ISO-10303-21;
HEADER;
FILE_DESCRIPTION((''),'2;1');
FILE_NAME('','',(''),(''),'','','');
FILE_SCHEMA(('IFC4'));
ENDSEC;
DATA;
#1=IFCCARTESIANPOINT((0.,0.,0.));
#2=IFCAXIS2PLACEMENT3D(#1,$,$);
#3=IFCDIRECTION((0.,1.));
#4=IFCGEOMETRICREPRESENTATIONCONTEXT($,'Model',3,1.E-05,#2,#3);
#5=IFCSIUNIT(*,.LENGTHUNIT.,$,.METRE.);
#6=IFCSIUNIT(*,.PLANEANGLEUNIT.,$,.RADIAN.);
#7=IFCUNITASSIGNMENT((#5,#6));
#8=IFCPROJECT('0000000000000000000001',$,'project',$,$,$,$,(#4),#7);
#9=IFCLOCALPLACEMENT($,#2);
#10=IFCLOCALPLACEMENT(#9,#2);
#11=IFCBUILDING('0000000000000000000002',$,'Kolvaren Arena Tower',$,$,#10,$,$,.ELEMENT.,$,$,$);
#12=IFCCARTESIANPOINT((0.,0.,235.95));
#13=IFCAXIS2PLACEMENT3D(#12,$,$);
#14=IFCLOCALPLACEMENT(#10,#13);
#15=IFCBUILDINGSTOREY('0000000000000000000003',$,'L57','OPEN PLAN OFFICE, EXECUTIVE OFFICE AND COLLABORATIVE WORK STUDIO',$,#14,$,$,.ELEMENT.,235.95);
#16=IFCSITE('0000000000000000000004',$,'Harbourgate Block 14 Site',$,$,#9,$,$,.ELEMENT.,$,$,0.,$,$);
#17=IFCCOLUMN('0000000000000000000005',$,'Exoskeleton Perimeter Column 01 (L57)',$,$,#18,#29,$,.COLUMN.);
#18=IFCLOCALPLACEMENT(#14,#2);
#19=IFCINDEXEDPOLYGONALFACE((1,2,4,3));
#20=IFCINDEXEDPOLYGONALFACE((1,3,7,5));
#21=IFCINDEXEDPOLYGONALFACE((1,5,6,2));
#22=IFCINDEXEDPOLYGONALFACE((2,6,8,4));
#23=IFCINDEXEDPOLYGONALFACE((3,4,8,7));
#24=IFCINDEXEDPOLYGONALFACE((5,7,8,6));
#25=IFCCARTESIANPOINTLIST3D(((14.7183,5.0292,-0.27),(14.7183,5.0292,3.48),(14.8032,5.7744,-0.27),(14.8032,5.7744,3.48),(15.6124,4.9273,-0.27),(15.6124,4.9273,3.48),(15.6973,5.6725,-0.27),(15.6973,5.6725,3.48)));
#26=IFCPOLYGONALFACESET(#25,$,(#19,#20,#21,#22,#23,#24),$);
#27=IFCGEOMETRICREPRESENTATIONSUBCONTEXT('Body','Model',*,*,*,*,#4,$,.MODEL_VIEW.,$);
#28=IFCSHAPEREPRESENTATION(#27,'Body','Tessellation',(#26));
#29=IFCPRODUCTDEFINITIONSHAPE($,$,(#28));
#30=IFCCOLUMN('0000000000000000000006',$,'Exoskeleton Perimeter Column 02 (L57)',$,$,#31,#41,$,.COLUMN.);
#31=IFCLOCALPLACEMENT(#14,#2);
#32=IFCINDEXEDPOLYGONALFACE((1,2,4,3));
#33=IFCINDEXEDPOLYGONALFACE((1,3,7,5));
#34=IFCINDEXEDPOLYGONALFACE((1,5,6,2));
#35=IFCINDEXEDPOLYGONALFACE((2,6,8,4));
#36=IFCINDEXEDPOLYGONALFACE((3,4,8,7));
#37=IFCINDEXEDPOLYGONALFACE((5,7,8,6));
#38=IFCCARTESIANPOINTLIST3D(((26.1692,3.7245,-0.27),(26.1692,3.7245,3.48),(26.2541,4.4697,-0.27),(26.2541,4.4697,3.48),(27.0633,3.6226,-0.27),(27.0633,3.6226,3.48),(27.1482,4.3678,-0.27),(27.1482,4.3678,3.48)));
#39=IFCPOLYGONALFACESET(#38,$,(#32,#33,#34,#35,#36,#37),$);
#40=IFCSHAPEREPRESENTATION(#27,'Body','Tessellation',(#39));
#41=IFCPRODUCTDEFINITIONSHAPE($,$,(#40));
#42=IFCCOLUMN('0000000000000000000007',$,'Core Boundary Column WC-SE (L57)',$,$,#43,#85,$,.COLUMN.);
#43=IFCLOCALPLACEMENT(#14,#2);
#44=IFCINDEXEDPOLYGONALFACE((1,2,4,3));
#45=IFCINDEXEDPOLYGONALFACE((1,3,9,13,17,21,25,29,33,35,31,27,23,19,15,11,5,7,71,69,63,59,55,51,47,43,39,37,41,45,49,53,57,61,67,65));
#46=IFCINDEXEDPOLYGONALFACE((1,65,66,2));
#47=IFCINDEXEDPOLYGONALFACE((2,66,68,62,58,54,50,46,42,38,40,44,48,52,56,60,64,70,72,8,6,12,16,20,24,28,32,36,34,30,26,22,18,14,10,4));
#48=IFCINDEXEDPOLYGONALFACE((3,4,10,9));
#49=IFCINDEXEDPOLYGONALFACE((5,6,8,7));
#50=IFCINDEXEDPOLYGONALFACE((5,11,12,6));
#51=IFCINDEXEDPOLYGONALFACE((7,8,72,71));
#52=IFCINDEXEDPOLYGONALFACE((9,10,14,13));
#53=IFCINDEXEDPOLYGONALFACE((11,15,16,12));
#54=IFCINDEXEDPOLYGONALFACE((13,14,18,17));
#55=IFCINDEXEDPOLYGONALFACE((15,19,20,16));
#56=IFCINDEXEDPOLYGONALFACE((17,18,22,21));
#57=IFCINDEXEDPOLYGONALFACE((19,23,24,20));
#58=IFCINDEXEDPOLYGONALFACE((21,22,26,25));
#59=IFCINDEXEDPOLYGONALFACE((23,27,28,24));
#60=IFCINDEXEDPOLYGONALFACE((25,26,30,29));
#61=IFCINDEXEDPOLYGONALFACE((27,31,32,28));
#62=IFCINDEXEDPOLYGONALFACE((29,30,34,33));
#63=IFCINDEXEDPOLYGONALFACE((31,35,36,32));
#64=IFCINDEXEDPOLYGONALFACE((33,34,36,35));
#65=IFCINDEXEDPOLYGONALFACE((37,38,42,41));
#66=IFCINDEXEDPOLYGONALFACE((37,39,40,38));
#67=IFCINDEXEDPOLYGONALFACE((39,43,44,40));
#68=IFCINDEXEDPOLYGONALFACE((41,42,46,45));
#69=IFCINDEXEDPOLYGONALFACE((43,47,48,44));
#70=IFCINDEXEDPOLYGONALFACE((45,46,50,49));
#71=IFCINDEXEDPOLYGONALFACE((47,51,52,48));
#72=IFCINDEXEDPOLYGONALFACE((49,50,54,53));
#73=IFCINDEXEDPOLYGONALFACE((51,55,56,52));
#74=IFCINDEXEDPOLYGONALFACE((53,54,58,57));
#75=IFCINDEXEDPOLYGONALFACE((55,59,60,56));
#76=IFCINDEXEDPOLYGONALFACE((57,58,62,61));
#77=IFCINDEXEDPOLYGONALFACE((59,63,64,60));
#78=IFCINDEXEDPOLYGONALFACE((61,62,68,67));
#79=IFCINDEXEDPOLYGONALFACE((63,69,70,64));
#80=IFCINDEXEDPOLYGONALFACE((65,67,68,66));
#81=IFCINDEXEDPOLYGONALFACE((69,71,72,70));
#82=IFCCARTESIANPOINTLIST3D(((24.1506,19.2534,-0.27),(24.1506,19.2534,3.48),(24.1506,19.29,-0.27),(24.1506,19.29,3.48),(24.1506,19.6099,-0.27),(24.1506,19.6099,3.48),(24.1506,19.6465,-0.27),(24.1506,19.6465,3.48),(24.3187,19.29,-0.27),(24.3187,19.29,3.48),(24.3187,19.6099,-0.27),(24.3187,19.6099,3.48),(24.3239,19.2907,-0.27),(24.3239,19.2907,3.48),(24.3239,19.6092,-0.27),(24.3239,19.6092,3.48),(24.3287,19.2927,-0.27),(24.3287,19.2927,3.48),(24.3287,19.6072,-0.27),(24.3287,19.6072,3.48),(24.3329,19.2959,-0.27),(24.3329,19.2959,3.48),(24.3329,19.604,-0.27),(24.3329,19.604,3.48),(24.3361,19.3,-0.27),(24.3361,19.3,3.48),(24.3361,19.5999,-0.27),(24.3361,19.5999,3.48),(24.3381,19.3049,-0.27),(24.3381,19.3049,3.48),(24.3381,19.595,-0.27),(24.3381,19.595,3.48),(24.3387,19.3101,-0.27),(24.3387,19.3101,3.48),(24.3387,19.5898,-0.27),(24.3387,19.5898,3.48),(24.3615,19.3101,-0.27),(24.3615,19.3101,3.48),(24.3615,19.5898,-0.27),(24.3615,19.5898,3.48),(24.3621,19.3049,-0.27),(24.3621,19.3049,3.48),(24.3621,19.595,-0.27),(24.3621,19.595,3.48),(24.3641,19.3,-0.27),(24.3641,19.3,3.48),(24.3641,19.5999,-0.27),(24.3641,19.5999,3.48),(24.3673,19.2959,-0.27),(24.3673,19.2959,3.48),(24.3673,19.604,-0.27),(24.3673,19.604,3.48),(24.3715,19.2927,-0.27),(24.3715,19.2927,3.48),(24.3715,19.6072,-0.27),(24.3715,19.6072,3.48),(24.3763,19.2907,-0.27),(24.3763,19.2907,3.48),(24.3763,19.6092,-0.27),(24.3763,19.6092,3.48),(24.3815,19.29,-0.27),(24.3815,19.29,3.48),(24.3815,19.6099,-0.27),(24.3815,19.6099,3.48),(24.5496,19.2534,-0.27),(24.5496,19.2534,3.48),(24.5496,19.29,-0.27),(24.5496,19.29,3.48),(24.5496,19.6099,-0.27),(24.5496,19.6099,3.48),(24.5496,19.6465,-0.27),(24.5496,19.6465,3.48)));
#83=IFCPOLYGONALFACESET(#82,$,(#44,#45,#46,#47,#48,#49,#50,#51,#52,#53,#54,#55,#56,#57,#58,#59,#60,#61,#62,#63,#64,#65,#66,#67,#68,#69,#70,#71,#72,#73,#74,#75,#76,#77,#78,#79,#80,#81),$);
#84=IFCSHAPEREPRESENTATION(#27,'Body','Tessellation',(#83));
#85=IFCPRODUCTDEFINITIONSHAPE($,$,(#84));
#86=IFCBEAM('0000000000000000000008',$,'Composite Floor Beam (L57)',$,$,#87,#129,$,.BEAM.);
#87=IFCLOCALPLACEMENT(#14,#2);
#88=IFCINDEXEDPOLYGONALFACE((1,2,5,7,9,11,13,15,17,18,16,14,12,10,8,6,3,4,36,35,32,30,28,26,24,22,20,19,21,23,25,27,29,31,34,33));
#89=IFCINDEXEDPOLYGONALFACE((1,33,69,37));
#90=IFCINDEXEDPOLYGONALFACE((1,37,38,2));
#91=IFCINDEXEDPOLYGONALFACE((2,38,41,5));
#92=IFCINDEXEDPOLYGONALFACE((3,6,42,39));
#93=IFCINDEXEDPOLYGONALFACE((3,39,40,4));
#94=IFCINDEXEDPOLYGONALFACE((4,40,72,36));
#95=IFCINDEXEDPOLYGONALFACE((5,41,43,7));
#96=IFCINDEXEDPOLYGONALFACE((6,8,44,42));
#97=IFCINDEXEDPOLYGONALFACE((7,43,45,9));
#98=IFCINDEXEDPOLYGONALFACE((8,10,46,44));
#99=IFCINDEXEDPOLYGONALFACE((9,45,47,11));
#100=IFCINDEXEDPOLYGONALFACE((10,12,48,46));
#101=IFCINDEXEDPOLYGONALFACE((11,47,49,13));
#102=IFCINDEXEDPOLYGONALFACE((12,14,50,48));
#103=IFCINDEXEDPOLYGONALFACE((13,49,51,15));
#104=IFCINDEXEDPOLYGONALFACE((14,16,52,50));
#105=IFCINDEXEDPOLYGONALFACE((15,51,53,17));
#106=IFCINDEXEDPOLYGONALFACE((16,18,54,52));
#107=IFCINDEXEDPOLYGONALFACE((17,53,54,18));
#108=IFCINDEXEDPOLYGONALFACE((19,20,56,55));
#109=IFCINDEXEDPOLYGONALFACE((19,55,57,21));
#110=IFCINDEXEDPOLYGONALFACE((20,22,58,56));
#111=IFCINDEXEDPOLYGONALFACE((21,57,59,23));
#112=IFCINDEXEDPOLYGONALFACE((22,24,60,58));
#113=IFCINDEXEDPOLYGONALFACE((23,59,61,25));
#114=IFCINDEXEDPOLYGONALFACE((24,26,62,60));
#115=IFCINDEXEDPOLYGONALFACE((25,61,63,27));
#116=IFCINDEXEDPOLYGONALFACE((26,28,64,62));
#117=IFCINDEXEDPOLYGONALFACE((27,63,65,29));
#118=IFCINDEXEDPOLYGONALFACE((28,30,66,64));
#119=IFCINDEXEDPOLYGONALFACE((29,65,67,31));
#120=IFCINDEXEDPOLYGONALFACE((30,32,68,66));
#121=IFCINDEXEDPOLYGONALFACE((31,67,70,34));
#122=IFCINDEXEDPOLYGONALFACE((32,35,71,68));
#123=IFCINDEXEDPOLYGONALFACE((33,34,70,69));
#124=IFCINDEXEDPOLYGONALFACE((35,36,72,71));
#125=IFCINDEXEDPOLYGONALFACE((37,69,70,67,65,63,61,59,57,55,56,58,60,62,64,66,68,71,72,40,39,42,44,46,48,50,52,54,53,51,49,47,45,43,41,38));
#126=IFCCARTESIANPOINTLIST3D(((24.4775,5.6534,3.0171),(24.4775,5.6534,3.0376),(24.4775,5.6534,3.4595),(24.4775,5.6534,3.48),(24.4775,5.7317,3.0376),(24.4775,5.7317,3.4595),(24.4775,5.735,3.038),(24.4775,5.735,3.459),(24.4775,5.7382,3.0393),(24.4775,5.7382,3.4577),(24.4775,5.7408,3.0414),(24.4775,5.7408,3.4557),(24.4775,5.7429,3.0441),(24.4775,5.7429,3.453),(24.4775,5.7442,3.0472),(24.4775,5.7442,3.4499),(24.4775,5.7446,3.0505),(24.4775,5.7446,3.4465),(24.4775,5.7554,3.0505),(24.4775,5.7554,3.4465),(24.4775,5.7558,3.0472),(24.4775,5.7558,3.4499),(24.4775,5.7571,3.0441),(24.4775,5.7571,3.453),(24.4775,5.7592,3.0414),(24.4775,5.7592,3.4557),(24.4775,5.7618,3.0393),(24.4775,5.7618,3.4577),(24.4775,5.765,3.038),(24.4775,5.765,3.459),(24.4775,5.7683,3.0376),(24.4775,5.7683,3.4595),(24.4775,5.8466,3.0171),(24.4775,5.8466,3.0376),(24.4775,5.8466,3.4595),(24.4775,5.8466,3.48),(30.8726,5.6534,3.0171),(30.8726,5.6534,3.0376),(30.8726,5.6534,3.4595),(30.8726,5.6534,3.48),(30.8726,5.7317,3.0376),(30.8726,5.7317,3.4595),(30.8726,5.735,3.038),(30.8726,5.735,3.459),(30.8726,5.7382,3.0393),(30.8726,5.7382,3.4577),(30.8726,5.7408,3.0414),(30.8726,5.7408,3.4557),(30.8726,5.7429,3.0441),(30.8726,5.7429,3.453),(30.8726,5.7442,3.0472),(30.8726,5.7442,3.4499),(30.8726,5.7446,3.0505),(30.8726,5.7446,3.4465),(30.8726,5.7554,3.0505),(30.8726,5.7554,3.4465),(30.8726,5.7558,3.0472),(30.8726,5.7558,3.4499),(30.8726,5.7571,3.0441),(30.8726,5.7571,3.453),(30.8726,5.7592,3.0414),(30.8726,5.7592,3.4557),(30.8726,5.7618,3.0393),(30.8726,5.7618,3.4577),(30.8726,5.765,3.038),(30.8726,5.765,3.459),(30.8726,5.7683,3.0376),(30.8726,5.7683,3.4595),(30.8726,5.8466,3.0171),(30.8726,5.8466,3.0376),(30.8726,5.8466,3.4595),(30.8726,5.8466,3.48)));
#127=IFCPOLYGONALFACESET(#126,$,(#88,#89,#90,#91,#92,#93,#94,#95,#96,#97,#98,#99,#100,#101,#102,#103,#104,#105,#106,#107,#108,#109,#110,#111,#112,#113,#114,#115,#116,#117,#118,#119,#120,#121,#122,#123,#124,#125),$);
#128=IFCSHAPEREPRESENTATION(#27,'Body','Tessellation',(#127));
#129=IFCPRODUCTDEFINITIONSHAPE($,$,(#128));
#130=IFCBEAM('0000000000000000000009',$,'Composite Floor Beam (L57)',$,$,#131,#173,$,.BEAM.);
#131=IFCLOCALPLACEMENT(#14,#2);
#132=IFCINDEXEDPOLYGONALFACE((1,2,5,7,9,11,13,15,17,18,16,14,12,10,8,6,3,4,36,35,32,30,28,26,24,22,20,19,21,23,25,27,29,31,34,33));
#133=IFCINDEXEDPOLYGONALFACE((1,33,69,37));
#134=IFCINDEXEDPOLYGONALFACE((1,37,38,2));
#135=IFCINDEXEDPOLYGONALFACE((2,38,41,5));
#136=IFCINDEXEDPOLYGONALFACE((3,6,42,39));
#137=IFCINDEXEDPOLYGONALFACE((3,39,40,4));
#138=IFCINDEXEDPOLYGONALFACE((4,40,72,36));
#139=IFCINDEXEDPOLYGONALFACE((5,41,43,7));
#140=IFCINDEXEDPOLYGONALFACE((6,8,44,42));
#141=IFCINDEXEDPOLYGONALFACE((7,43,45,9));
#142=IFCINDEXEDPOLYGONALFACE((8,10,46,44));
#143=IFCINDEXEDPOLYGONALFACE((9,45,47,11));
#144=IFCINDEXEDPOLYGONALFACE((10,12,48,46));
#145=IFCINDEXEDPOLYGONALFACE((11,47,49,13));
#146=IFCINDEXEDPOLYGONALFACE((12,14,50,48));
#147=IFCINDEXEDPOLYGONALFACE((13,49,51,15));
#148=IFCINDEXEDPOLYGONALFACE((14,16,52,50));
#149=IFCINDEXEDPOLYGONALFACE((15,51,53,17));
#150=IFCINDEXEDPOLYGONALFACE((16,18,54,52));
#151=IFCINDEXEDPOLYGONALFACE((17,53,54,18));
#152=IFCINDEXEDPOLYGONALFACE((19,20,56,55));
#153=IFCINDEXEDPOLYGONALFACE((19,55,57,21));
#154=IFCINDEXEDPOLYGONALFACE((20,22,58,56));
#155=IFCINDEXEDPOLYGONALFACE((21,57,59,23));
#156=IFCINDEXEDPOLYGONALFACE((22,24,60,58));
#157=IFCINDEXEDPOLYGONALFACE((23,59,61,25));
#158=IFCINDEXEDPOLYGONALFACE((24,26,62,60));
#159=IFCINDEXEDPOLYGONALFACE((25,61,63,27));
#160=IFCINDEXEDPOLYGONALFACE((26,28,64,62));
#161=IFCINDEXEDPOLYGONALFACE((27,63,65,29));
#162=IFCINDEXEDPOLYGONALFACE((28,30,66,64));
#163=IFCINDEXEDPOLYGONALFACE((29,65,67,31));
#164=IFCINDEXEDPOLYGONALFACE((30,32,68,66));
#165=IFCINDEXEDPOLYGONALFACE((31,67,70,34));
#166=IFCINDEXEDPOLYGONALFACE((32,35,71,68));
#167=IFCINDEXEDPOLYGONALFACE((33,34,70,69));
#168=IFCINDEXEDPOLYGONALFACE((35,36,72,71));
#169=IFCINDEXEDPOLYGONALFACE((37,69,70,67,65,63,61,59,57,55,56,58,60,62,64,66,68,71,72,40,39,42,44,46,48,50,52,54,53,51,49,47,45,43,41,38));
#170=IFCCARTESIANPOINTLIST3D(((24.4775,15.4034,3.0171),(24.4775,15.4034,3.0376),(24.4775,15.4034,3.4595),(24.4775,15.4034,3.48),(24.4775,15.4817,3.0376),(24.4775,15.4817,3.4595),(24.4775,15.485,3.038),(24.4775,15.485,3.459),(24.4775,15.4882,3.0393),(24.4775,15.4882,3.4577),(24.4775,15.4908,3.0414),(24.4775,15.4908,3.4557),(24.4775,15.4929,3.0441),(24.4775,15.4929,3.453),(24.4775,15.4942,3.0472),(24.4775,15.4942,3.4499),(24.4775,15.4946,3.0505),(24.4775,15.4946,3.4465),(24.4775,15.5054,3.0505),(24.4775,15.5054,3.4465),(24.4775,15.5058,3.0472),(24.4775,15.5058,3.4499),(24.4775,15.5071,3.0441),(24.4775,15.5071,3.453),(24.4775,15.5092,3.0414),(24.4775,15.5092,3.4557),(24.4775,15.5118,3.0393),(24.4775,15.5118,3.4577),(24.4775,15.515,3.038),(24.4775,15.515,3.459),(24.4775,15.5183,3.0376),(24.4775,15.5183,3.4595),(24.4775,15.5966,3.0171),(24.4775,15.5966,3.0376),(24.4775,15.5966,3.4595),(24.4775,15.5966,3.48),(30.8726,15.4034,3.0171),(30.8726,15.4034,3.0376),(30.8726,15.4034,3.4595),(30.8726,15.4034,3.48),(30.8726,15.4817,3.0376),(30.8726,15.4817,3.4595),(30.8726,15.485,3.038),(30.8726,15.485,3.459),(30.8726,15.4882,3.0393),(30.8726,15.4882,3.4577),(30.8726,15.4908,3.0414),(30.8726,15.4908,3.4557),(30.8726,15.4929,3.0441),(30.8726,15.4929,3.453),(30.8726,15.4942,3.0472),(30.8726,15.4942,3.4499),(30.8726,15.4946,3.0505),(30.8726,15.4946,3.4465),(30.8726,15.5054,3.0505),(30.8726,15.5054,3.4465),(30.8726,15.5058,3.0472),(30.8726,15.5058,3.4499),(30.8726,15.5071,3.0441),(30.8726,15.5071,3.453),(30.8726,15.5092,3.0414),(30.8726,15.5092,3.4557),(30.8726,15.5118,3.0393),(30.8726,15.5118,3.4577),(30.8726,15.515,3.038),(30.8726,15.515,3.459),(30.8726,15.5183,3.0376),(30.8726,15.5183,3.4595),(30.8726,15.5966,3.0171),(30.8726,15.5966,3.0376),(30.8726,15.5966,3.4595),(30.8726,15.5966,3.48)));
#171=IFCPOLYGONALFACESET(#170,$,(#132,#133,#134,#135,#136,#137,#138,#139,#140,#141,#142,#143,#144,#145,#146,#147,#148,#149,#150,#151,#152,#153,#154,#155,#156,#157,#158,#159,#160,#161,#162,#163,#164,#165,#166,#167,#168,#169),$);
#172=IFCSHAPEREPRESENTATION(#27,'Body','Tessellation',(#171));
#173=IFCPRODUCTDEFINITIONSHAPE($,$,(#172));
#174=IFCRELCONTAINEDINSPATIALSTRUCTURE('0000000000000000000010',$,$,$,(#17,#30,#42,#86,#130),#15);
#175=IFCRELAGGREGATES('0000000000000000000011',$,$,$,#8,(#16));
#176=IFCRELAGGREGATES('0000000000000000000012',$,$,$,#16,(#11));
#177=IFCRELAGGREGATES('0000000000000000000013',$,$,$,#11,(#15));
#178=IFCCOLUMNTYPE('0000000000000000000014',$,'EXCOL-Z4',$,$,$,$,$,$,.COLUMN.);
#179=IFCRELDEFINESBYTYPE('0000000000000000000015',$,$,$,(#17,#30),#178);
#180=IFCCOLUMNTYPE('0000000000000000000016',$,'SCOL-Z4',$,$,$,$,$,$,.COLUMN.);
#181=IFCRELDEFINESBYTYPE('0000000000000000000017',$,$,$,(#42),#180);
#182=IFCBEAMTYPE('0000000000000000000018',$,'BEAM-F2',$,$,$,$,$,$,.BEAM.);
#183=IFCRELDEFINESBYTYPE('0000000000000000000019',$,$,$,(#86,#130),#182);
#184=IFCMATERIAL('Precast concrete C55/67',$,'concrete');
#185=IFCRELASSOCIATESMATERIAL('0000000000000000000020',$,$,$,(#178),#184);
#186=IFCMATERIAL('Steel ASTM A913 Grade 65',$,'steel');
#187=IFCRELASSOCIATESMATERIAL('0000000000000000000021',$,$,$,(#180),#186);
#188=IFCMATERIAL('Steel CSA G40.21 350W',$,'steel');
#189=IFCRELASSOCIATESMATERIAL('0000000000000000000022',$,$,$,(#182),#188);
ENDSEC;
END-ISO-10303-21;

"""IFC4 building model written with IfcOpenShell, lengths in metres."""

from ifc_helpers import new_model, si_unit, direction, frame, origin, origin_2d, place, context, subcontext, project, spatial, rectangle, i_section, extrude, material, material_profile, profile_set, type_object, element, save


model = new_model("IFC4")

# Units and contexts
model_context = context("Model", 3, precision=1e-05, world=origin(), true_north=direction((0.0, 1.0)))
body_context = subcontext(model_context, "Body", "Model", "MODEL_VIEW")
ifc_project = project(units=[si_unit("LENGTHUNIT", "METRE"), si_unit("PLANEANGLEUNIT", "RADIAN")], contexts=[model_context])

# Site, building, storey
site_placement = place(None, origin())
site = spatial("IfcSite", under=ifc_project, at=site_placement, Name="Harbourgate Block 14 Site", CompositionType="ELEMENT", RefElevation=0.0)
building_placement = place(site_placement, origin())
building = spatial("IfcBuilding", under=site, at=building_placement, Name="Kolvaren Arena Tower", CompositionType="ELEMENT")
storey_placement = place(building_placement, frame((0.0, 0.0, 235.95)))
storey = spatial("IfcBuildingStorey", under=building, at=storey_placement, Name="L57", Description="OPEN PLAN OFFICE, EXECUTIVE OFFICE AND COLLABORATIVE WORK STUDIO", CompositionType="ELEMENT", Elevation=235.95)

# Columns
ifc_material_1 = material(Name="Precast concrete C55/67", Category="concrete")
ifc_material_profile_1 = material_profile(ifc_material_1, rectangle(XDim=0.8999, YDim=0.75, at=origin_2d()), Name="RC-900x750")
ifc_profile_set_1 = profile_set([ifc_material_profile_1], Name="Precast concrete C55/67")
column_type_1 = type_object("IfcColumnType", Name="EXCOL-Z4", PredefinedType="COLUMN", material=ifc_profile_set_1)
for number, where, z_axis, x_axis, name in (
    (1, (15.2078, 5.3508, -0.27), (0.0, 0.0, 1.0), (0.993572, -0.113203, 0.0), "Exoskeleton Perimeter Column 01 (L57)"),
    (2, (26.6587, 4.0461, -0.27), (0.0, 0.0, 1.0), (0.993572, -0.113203, 0.0), "Exoskeleton Perimeter Column 02 (L57)"),
):
    element("IfcColumn", number, at=place(storey_placement, frame(where, z_axis=z_axis, x_axis=x_axis)), inside=storey, type_object=column_type_1, Name=name, PredefinedType="COLUMN", context=body_context, shape_type="SweptSolid", body=[
        extrude(rectangle(XDim=0.8999, YDim=0.75, at=origin_2d()), origin(), (0.0, 0.0, 1.0), 3.75),
    ])
ifc_material_2 = material(Name="Steel ASTM A913 Grade 65", Category="steel")
ifc_material_profile_2 = material_profile(ifc_material_2, i_section(OverallWidth=0.3989, OverallDepth=0.3931, WebThickness=0.0227, FlangeThickness=0.0366, FilletRadius=0.02, at=origin_2d()), Name="W360x287")
ifc_profile_set_2 = profile_set([ifc_material_profile_2], Name="Steel ASTM A913 Grade 65")
column_type_2 = type_object("IfcColumnType", Name="SCOL-Z4", PredefinedType="COLUMN", material=ifc_profile_set_2)
column_placement = place(storey_placement, frame((24.3501, 19.45, -0.27), z_axis=(0.0, 0.0, 1.0), x_axis=(1.0, 0.0, 0.0)))
element("IfcColumn", 3, at=column_placement, inside=storey, type_object=column_type_2, Name="Core Boundary Column WC-SE (L57)", PredefinedType="COLUMN", context=body_context, shape_type="SweptSolid", body=[
    extrude(i_section(OverallWidth=0.3989, OverallDepth=0.3931, WebThickness=0.0227, FlangeThickness=0.0366, FilletRadius=0.02, at=origin_2d()), origin(), (0.0, 0.0, 1.0), 3.75),
])

# Beams
ifc_material_3 = material(Name="Steel CSA G40.21 350W", Category="steel")
ifc_material_profile_3 = material_profile(ifc_material_3, i_section(OverallWidth=0.1931, OverallDepth=0.4629, WebThickness=0.0107, FlangeThickness=0.0205, FilletRadius=0.0129, at=origin_2d()), Name="W460x113")
ifc_profile_set_3 = profile_set([ifc_material_profile_3], Name="Steel CSA G40.21 350W")
beam_type_1 = type_object("IfcBeamType", Name="BEAM-F2", PredefinedType="BEAM", material=ifc_profile_set_3)
for number, where, z_axis, x_axis, name in (
    (4, (24.4775, 5.75, 3.2485), (1.0, 0.0, 0.0), (0.0, 1.0, 0.0), "Composite Floor Beam (L57)"),
    (5, (24.4775, 15.5, 3.2485), (1.0, 0.0, 0.0), (0.0, 1.0, 0.0), "Composite Floor Beam (L57)"),
):
    element("IfcBeam", number, at=place(storey_placement, frame(where, z_axis=z_axis, x_axis=x_axis)), inside=storey, type_object=beam_type_1, Name=name, PredefinedType="BEAM", context=body_context, shape_type="SweptSolid", body=[
        extrude(i_section(OverallWidth=0.1931, OverallDepth=0.4629, WebThickness=0.0107, FlangeThickness=0.0205, FilletRadius=0.0129, at=origin_2d()), origin(), (0.0, 0.0, 1.0), 6.395),
    ])

save(model, "model.ifc")
